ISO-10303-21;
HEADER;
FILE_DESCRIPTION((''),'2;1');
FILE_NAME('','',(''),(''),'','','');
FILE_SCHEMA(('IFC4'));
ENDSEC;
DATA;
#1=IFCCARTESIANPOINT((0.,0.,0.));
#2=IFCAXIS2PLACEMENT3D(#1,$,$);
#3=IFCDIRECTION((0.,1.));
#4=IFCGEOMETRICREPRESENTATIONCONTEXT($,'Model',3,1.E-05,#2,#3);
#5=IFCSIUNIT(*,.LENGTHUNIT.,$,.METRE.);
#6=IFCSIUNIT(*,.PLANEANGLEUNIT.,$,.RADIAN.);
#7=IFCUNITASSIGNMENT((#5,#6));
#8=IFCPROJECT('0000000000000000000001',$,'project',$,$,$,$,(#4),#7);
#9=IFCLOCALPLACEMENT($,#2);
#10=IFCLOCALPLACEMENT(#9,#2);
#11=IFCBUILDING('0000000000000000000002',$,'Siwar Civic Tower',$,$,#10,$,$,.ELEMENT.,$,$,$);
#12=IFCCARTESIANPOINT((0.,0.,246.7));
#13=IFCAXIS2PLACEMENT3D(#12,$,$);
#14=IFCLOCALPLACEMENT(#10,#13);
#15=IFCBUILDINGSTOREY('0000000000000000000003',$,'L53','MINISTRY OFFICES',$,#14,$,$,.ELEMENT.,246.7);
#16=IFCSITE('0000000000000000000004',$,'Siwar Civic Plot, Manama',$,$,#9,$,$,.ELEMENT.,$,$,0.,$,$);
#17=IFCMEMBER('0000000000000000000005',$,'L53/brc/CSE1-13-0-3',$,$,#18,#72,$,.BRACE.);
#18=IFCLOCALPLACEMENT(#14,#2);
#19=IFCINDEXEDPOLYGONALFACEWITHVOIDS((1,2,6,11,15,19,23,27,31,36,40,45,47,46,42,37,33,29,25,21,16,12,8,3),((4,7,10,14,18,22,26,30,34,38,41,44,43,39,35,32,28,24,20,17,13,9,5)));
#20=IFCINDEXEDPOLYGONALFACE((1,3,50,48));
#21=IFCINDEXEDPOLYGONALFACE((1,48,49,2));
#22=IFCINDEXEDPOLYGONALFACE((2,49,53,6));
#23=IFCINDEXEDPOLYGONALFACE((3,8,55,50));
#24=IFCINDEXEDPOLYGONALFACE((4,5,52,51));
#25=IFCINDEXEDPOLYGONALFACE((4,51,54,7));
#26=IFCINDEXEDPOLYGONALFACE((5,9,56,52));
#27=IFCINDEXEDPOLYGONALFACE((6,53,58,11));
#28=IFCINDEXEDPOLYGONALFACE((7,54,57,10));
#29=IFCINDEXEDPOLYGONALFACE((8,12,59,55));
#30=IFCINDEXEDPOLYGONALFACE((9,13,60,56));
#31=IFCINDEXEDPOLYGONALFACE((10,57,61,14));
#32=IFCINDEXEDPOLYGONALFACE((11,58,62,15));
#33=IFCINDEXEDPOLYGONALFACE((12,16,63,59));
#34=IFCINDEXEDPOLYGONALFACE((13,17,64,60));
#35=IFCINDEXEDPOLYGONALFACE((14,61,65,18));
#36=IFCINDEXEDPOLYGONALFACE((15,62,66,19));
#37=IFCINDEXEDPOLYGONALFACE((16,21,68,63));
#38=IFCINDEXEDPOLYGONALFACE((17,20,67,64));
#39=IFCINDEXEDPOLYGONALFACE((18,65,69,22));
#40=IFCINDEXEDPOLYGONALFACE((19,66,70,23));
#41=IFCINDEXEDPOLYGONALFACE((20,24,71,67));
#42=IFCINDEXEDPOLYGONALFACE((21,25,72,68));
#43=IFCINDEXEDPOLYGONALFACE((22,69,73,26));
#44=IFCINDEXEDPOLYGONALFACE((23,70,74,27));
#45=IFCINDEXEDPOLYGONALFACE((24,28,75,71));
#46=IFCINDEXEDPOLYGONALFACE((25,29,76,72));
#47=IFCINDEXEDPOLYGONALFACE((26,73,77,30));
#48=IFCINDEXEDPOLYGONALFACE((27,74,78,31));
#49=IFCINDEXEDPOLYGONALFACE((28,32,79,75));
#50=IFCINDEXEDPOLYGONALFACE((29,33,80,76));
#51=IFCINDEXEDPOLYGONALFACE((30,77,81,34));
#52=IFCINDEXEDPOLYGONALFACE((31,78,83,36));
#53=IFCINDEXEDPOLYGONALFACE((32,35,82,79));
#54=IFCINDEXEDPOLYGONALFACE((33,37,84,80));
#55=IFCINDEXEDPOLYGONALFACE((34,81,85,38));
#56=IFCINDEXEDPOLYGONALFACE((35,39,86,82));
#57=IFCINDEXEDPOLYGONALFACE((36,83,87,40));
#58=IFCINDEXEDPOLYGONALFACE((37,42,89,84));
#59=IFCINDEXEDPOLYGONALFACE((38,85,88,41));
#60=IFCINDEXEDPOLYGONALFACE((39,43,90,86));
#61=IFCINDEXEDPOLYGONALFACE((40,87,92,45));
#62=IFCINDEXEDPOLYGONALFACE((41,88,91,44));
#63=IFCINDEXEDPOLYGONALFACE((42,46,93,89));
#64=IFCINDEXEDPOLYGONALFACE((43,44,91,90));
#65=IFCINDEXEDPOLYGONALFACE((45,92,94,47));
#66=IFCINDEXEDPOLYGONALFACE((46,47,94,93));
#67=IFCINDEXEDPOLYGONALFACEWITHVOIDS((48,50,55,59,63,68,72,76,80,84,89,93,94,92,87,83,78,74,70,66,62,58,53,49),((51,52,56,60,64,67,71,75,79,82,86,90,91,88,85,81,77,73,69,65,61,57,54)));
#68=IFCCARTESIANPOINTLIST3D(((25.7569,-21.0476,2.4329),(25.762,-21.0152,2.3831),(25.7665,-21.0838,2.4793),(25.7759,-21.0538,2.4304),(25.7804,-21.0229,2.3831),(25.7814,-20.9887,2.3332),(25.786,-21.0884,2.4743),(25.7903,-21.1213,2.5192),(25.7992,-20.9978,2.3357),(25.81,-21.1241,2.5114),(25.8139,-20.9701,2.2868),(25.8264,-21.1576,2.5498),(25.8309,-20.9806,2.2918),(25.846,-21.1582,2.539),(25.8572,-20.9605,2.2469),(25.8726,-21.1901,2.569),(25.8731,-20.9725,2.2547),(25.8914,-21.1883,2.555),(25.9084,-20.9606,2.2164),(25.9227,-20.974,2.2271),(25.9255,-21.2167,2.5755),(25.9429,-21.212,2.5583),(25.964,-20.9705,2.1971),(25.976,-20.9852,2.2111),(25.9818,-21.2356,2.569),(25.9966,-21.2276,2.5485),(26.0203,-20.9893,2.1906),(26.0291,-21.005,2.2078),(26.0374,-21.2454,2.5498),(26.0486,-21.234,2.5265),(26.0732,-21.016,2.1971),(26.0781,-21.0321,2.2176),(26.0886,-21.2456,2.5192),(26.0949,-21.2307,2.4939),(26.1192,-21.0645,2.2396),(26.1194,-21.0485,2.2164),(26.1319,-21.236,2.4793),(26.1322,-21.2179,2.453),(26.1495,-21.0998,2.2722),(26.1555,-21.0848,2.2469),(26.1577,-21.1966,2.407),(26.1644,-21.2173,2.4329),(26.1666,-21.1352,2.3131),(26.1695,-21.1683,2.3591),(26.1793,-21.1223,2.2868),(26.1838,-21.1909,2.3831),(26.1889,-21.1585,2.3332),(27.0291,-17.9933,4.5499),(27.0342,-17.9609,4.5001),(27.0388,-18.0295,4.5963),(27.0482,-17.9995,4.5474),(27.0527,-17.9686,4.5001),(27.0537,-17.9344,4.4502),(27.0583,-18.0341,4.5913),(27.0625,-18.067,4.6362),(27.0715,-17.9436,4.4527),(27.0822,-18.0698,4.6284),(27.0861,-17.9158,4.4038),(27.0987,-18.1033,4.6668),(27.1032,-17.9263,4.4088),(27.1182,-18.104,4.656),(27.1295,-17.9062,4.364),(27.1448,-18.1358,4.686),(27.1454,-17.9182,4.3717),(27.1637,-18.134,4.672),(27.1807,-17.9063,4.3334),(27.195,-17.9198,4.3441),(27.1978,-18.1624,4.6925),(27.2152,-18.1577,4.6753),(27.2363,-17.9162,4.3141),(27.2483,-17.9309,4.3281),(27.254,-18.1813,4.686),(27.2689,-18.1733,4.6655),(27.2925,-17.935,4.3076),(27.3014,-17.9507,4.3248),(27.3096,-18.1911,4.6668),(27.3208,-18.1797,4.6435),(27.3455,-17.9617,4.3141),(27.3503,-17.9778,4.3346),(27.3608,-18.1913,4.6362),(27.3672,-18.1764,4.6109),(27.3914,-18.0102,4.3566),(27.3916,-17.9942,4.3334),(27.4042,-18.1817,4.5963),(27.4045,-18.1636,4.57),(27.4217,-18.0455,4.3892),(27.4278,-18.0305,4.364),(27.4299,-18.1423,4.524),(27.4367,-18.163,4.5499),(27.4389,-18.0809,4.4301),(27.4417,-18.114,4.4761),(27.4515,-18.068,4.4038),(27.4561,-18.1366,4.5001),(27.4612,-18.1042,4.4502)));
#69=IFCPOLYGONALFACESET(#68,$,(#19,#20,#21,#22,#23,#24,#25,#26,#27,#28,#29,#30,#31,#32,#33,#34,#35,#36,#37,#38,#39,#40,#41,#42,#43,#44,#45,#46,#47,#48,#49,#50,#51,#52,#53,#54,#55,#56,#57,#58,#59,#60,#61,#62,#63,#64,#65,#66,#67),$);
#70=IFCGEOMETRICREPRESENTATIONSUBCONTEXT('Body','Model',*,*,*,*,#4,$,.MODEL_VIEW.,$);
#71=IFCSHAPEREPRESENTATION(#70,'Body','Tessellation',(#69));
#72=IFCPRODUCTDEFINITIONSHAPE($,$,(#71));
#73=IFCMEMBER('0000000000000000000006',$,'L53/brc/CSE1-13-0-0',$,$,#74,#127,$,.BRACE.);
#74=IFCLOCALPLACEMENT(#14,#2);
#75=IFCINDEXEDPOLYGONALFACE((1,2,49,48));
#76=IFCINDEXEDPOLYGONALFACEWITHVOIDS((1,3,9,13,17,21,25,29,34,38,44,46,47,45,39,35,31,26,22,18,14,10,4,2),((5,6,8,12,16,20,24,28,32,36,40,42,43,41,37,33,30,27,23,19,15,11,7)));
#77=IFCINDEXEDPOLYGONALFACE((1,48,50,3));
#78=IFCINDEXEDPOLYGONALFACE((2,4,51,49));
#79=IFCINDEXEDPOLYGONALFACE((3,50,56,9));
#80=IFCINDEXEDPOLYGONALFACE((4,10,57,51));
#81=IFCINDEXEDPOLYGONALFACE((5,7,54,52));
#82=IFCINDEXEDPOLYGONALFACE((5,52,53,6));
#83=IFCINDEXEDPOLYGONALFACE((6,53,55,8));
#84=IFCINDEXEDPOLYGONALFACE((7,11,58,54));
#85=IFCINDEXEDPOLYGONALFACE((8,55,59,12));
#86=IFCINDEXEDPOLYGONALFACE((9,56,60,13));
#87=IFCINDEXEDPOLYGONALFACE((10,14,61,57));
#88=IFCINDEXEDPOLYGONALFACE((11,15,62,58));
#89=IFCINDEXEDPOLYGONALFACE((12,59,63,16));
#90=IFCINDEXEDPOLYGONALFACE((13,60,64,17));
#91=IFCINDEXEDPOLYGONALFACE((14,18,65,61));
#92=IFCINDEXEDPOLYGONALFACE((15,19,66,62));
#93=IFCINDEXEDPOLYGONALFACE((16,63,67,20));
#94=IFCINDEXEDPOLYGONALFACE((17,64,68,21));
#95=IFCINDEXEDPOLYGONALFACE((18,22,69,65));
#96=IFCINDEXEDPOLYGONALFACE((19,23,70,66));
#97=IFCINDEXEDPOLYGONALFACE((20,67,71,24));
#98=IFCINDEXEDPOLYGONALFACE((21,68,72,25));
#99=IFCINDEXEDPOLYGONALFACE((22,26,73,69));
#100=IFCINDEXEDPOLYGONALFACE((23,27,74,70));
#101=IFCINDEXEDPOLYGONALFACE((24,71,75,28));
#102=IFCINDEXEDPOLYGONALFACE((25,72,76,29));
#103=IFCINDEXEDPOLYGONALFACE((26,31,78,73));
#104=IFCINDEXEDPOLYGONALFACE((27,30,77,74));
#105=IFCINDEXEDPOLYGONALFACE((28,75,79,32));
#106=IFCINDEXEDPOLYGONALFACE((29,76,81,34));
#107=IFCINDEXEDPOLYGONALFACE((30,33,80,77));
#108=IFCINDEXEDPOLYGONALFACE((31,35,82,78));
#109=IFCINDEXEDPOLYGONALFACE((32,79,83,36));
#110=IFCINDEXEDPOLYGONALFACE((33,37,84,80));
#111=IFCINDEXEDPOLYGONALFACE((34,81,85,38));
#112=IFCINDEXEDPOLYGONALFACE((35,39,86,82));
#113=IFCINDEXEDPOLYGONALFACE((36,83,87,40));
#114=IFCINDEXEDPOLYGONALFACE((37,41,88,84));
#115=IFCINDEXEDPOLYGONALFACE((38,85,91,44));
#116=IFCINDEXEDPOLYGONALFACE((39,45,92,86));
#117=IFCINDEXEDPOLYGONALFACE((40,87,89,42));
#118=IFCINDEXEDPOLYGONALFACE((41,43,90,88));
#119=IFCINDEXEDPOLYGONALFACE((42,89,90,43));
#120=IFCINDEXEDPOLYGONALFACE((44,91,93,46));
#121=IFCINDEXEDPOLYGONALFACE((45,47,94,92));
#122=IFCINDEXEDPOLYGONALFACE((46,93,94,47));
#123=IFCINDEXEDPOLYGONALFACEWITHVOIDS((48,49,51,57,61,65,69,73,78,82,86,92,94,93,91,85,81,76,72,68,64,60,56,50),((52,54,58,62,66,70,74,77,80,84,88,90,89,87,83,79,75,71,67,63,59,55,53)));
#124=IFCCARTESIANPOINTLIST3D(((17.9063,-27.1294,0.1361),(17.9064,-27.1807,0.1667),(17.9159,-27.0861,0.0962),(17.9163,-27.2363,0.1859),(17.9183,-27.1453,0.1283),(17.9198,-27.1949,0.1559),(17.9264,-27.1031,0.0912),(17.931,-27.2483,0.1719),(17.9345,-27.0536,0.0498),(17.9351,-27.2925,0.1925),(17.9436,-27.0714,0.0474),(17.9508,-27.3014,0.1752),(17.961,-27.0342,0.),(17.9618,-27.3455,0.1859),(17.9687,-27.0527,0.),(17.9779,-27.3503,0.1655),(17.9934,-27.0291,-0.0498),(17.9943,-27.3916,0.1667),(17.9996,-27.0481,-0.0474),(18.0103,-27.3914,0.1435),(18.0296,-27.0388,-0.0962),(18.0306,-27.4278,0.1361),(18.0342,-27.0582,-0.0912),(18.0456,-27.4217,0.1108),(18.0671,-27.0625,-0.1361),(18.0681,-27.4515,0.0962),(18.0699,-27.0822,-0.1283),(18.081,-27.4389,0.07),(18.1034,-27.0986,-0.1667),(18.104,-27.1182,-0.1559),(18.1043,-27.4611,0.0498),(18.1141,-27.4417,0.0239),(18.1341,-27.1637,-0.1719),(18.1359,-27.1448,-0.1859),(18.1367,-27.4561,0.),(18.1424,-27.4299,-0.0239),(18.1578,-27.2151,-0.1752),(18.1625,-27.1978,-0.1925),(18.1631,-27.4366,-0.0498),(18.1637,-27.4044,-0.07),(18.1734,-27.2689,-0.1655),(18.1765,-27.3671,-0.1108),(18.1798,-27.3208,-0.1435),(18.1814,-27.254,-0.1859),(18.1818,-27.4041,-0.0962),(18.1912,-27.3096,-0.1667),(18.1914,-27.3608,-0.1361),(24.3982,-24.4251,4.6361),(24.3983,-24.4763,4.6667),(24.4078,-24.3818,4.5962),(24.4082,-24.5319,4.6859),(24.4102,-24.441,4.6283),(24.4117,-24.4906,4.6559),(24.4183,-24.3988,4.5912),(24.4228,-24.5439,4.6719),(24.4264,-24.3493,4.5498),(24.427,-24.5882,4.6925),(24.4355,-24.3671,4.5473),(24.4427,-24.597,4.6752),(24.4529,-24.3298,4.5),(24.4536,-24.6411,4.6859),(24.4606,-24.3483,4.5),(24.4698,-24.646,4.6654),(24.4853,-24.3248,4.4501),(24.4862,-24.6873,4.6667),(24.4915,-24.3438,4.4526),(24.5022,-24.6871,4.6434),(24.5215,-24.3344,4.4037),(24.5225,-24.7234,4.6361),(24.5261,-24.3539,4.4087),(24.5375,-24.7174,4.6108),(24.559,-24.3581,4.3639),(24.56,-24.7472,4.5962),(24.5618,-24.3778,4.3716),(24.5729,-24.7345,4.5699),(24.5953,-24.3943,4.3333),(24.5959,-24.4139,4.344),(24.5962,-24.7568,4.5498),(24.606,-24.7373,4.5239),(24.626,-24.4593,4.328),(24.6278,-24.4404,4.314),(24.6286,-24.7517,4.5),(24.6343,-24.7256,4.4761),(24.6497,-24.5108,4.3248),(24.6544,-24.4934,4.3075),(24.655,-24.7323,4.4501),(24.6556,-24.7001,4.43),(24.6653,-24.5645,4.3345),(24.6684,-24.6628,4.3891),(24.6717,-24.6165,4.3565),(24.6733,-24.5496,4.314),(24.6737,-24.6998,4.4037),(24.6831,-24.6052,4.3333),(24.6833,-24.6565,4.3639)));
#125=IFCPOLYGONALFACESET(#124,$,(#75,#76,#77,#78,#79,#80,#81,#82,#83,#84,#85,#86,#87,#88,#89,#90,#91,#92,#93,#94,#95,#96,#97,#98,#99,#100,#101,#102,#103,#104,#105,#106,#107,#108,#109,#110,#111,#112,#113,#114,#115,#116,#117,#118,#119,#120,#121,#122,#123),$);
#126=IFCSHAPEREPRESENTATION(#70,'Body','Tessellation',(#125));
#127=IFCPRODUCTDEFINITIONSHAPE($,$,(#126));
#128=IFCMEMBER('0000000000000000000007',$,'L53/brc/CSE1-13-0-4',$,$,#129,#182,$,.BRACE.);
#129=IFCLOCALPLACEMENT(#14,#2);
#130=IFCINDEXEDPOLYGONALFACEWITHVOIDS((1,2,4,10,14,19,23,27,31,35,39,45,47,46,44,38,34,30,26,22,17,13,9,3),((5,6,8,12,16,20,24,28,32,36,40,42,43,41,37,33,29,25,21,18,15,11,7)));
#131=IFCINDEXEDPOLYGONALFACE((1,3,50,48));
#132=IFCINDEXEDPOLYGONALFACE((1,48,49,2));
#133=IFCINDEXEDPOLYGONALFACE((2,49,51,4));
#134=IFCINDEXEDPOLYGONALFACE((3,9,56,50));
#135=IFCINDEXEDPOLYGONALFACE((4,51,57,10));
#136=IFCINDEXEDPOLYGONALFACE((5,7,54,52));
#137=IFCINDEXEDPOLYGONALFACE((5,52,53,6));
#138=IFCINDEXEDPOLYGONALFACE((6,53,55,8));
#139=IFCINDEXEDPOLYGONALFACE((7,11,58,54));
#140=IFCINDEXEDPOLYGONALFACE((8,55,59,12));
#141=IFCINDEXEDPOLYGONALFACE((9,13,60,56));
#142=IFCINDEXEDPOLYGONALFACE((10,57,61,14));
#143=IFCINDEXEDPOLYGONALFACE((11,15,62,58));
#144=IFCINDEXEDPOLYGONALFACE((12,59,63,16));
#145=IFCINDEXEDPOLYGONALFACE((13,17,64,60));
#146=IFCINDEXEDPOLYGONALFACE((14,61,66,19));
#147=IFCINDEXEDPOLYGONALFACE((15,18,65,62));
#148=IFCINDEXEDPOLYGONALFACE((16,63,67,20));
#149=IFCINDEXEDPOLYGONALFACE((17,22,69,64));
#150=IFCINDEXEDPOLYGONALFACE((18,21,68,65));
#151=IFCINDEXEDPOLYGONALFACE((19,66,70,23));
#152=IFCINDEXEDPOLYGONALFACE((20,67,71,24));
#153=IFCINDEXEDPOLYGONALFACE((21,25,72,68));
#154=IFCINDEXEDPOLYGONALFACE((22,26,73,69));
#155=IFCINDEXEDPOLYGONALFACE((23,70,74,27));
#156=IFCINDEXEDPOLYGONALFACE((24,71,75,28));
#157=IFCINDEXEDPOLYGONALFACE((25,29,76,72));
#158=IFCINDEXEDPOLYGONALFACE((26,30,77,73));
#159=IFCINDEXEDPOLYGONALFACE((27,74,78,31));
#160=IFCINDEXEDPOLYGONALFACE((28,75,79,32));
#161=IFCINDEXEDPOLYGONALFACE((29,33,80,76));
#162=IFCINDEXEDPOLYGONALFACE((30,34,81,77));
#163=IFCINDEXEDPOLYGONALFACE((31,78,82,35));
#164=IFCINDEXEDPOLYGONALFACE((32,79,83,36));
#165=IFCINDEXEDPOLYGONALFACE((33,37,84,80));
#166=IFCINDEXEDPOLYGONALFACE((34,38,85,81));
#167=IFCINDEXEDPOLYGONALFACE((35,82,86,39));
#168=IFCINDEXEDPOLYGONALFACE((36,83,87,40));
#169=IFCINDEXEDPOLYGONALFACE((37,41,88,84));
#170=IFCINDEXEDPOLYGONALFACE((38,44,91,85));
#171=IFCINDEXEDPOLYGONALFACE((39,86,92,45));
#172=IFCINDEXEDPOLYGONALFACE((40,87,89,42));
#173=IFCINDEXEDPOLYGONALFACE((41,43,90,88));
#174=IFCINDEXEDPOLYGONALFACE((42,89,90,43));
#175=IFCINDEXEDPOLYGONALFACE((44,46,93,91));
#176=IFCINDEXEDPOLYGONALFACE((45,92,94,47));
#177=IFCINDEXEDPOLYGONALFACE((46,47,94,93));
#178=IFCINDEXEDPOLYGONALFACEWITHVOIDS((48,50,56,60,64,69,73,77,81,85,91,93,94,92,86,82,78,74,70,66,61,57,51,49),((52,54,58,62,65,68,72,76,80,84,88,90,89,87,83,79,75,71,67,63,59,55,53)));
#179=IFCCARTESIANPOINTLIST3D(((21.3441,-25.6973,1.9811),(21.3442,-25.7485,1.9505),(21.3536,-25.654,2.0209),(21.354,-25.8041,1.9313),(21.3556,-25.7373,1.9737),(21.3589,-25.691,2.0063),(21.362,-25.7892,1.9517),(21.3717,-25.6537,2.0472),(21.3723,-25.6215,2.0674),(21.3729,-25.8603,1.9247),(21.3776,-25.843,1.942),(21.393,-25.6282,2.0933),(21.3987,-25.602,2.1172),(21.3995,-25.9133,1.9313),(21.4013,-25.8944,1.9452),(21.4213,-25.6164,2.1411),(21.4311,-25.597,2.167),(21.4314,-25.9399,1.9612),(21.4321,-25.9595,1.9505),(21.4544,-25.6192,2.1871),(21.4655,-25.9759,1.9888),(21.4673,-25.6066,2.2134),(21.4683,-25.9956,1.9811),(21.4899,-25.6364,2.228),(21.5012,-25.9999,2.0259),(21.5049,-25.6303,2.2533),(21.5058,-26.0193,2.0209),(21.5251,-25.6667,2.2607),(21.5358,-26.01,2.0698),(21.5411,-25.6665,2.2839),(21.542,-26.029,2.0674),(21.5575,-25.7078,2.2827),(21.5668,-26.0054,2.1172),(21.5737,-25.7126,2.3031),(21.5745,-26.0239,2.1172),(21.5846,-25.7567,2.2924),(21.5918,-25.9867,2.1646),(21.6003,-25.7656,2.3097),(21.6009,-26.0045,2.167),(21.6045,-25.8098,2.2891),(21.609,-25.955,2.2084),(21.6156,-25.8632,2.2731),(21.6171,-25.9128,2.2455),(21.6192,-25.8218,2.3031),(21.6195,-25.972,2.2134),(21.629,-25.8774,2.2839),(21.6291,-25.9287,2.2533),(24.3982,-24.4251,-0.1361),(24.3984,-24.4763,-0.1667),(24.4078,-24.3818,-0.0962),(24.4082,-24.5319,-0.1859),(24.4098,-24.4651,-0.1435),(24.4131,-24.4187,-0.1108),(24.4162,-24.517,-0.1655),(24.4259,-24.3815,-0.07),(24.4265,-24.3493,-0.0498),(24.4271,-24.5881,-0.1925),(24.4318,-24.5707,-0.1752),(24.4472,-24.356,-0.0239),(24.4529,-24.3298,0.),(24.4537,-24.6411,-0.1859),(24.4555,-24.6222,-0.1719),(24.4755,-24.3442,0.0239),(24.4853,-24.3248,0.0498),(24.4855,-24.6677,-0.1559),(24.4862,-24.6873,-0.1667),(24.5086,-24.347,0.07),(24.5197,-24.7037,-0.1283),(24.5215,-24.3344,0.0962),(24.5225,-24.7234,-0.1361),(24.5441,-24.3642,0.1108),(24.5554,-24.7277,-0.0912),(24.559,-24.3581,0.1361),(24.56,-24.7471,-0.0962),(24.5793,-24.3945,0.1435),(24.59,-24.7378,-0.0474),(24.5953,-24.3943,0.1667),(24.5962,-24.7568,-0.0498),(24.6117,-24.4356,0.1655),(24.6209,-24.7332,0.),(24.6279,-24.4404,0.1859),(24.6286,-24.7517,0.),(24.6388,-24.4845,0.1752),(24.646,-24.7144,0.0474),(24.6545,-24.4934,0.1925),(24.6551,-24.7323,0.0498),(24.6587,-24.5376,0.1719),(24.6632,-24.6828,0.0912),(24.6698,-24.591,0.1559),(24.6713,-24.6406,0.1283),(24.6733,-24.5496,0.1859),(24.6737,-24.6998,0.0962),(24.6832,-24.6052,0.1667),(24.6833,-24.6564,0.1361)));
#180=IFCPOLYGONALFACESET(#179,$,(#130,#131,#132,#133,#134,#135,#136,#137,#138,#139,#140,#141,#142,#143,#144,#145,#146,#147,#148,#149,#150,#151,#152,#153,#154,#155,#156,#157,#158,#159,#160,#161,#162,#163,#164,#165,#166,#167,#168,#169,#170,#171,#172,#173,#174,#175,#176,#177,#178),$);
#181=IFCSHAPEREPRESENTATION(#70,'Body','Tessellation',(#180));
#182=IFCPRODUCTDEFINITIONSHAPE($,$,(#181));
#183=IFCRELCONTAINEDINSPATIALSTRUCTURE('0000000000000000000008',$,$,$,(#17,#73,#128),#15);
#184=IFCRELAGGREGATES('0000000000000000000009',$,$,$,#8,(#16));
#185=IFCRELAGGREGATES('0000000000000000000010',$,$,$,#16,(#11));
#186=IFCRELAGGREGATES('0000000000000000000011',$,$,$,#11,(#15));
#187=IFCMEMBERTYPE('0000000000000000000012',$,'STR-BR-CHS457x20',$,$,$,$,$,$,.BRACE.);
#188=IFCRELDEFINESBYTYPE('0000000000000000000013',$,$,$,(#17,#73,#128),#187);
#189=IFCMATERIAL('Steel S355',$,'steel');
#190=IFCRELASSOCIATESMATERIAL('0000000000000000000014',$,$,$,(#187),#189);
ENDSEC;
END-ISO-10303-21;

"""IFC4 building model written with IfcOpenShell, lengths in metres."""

from ifc_helpers import new_model, si_unit, direction, frame, origin, origin_2d, place, context, subcontext, project, spatial, hollow_circle, extrude, material, material_profile, profile_set, type_object, element, save


model = new_model("IFC4")

# Units and contexts
model_context = context("Model", 3, precision=1e-05, world=origin(), true_north=direction((0.0, 1.0)))
body_context = subcontext(model_context, "Body", "Model", "MODEL_VIEW")
ifc_project = project(units=[si_unit("LENGTHUNIT", "METRE"), si_unit("PLANEANGLEUNIT", "RADIAN")], contexts=[model_context])

# Site, building, storey
site_placement = place(None, origin())
site = spatial("IfcSite", under=ifc_project, at=site_placement, Name="Siwar Civic Plot, Manama", CompositionType="ELEMENT", RefElevation=0.0)
building_placement = place(site_placement, origin())
building = spatial("IfcBuilding", under=site, at=building_placement, Name="Siwar Civic Tower", CompositionType="ELEMENT")
storey_placement = place(building_placement, frame((0.0, 0.0, 246.7)))
storey = spatial("IfcBuildingStorey", under=building, at=storey_placement, Name="L53", Description="MINISTRY OFFICES", CompositionType="ELEMENT", Elevation=246.7)

# Members
ifc_material_1 = material(Name="Steel S355", Category="steel")
ifc_material_profile_1 = material_profile(ifc_material_1, hollow_circle(Radius=0.2285, WallThickness=0.02, at=origin_2d()), Name="CHS457x20")
ifc_profile_set_1 = profile_set([ifc_material_profile_1], Name="Steel S355")
member_type_1 = type_object("IfcMemberType", Name="STR-BR-CHS457x20", PredefinedType="BRACE", material=ifc_profile_set_1)
for number, where, z_axis, x_axis, name in (
    (1, (25.9729, -21.103, 2.3831), (0.323895, 0.777572, 0.538955), (-0.923116, 0.384521, 0.0), "L53/brc/CSE1-13-0-3"),
):
    element("IfcMember", number, at=place(storey_placement, frame(where, z_axis=z_axis, x_axis=x_axis)), inside=storey, type_object=member_type_1, Name=name, PredefinedType="BRACE", context=body_context, shape_type="SweptSolid", body=[
        extrude(hollow_circle(Radius=0.2285, WallThickness=0.02, at=origin_2d()), origin(), (0.0, 0.0, 1.0), 3.928),
    ])
member_1_placement = place(storey_placement, frame((18.0488, -27.2451, 0.0), z_axis=(0.777555, 0.323906, 0.538975), x_axis=(-0.384539, 0.923109, 0.0)))
element("IfcMember", 2, at=member_1_placement, inside=storey, type_object=member_type_1, Name="L53/brc/CSE1-13-0-0", PredefinedType="BRACE", context=body_context, shape_type="SweptSolid", body=[
    extrude(hollow_circle(Radius=0.2285, WallThickness=0.02, at=origin_2d()), origin(), (0.0, 0.0, 1.0), 8.3491),
])
for number, where, z_axis, x_axis, name in (
    (3, (24.5408, -24.5408, 0.0), (-0.777546, -0.323884, 0.538999), (0.384521, -0.923116, 0.0), "L53/brc/CSE1-13-0-4"),
):
    element("IfcMember", number, at=place(storey_placement, frame(where, z_axis=z_axis, x_axis=x_axis)), inside=storey, type_object=member_type_1, Name=name, PredefinedType="BRACE", context=body_context, shape_type="SweptSolid", body=[
        extrude(hollow_circle(Radius=0.2285, WallThickness=0.02, at=origin_2d()), origin(), (0.0, 0.0, 1.0), 3.928),
    ])

save(model, "model.ifc")
